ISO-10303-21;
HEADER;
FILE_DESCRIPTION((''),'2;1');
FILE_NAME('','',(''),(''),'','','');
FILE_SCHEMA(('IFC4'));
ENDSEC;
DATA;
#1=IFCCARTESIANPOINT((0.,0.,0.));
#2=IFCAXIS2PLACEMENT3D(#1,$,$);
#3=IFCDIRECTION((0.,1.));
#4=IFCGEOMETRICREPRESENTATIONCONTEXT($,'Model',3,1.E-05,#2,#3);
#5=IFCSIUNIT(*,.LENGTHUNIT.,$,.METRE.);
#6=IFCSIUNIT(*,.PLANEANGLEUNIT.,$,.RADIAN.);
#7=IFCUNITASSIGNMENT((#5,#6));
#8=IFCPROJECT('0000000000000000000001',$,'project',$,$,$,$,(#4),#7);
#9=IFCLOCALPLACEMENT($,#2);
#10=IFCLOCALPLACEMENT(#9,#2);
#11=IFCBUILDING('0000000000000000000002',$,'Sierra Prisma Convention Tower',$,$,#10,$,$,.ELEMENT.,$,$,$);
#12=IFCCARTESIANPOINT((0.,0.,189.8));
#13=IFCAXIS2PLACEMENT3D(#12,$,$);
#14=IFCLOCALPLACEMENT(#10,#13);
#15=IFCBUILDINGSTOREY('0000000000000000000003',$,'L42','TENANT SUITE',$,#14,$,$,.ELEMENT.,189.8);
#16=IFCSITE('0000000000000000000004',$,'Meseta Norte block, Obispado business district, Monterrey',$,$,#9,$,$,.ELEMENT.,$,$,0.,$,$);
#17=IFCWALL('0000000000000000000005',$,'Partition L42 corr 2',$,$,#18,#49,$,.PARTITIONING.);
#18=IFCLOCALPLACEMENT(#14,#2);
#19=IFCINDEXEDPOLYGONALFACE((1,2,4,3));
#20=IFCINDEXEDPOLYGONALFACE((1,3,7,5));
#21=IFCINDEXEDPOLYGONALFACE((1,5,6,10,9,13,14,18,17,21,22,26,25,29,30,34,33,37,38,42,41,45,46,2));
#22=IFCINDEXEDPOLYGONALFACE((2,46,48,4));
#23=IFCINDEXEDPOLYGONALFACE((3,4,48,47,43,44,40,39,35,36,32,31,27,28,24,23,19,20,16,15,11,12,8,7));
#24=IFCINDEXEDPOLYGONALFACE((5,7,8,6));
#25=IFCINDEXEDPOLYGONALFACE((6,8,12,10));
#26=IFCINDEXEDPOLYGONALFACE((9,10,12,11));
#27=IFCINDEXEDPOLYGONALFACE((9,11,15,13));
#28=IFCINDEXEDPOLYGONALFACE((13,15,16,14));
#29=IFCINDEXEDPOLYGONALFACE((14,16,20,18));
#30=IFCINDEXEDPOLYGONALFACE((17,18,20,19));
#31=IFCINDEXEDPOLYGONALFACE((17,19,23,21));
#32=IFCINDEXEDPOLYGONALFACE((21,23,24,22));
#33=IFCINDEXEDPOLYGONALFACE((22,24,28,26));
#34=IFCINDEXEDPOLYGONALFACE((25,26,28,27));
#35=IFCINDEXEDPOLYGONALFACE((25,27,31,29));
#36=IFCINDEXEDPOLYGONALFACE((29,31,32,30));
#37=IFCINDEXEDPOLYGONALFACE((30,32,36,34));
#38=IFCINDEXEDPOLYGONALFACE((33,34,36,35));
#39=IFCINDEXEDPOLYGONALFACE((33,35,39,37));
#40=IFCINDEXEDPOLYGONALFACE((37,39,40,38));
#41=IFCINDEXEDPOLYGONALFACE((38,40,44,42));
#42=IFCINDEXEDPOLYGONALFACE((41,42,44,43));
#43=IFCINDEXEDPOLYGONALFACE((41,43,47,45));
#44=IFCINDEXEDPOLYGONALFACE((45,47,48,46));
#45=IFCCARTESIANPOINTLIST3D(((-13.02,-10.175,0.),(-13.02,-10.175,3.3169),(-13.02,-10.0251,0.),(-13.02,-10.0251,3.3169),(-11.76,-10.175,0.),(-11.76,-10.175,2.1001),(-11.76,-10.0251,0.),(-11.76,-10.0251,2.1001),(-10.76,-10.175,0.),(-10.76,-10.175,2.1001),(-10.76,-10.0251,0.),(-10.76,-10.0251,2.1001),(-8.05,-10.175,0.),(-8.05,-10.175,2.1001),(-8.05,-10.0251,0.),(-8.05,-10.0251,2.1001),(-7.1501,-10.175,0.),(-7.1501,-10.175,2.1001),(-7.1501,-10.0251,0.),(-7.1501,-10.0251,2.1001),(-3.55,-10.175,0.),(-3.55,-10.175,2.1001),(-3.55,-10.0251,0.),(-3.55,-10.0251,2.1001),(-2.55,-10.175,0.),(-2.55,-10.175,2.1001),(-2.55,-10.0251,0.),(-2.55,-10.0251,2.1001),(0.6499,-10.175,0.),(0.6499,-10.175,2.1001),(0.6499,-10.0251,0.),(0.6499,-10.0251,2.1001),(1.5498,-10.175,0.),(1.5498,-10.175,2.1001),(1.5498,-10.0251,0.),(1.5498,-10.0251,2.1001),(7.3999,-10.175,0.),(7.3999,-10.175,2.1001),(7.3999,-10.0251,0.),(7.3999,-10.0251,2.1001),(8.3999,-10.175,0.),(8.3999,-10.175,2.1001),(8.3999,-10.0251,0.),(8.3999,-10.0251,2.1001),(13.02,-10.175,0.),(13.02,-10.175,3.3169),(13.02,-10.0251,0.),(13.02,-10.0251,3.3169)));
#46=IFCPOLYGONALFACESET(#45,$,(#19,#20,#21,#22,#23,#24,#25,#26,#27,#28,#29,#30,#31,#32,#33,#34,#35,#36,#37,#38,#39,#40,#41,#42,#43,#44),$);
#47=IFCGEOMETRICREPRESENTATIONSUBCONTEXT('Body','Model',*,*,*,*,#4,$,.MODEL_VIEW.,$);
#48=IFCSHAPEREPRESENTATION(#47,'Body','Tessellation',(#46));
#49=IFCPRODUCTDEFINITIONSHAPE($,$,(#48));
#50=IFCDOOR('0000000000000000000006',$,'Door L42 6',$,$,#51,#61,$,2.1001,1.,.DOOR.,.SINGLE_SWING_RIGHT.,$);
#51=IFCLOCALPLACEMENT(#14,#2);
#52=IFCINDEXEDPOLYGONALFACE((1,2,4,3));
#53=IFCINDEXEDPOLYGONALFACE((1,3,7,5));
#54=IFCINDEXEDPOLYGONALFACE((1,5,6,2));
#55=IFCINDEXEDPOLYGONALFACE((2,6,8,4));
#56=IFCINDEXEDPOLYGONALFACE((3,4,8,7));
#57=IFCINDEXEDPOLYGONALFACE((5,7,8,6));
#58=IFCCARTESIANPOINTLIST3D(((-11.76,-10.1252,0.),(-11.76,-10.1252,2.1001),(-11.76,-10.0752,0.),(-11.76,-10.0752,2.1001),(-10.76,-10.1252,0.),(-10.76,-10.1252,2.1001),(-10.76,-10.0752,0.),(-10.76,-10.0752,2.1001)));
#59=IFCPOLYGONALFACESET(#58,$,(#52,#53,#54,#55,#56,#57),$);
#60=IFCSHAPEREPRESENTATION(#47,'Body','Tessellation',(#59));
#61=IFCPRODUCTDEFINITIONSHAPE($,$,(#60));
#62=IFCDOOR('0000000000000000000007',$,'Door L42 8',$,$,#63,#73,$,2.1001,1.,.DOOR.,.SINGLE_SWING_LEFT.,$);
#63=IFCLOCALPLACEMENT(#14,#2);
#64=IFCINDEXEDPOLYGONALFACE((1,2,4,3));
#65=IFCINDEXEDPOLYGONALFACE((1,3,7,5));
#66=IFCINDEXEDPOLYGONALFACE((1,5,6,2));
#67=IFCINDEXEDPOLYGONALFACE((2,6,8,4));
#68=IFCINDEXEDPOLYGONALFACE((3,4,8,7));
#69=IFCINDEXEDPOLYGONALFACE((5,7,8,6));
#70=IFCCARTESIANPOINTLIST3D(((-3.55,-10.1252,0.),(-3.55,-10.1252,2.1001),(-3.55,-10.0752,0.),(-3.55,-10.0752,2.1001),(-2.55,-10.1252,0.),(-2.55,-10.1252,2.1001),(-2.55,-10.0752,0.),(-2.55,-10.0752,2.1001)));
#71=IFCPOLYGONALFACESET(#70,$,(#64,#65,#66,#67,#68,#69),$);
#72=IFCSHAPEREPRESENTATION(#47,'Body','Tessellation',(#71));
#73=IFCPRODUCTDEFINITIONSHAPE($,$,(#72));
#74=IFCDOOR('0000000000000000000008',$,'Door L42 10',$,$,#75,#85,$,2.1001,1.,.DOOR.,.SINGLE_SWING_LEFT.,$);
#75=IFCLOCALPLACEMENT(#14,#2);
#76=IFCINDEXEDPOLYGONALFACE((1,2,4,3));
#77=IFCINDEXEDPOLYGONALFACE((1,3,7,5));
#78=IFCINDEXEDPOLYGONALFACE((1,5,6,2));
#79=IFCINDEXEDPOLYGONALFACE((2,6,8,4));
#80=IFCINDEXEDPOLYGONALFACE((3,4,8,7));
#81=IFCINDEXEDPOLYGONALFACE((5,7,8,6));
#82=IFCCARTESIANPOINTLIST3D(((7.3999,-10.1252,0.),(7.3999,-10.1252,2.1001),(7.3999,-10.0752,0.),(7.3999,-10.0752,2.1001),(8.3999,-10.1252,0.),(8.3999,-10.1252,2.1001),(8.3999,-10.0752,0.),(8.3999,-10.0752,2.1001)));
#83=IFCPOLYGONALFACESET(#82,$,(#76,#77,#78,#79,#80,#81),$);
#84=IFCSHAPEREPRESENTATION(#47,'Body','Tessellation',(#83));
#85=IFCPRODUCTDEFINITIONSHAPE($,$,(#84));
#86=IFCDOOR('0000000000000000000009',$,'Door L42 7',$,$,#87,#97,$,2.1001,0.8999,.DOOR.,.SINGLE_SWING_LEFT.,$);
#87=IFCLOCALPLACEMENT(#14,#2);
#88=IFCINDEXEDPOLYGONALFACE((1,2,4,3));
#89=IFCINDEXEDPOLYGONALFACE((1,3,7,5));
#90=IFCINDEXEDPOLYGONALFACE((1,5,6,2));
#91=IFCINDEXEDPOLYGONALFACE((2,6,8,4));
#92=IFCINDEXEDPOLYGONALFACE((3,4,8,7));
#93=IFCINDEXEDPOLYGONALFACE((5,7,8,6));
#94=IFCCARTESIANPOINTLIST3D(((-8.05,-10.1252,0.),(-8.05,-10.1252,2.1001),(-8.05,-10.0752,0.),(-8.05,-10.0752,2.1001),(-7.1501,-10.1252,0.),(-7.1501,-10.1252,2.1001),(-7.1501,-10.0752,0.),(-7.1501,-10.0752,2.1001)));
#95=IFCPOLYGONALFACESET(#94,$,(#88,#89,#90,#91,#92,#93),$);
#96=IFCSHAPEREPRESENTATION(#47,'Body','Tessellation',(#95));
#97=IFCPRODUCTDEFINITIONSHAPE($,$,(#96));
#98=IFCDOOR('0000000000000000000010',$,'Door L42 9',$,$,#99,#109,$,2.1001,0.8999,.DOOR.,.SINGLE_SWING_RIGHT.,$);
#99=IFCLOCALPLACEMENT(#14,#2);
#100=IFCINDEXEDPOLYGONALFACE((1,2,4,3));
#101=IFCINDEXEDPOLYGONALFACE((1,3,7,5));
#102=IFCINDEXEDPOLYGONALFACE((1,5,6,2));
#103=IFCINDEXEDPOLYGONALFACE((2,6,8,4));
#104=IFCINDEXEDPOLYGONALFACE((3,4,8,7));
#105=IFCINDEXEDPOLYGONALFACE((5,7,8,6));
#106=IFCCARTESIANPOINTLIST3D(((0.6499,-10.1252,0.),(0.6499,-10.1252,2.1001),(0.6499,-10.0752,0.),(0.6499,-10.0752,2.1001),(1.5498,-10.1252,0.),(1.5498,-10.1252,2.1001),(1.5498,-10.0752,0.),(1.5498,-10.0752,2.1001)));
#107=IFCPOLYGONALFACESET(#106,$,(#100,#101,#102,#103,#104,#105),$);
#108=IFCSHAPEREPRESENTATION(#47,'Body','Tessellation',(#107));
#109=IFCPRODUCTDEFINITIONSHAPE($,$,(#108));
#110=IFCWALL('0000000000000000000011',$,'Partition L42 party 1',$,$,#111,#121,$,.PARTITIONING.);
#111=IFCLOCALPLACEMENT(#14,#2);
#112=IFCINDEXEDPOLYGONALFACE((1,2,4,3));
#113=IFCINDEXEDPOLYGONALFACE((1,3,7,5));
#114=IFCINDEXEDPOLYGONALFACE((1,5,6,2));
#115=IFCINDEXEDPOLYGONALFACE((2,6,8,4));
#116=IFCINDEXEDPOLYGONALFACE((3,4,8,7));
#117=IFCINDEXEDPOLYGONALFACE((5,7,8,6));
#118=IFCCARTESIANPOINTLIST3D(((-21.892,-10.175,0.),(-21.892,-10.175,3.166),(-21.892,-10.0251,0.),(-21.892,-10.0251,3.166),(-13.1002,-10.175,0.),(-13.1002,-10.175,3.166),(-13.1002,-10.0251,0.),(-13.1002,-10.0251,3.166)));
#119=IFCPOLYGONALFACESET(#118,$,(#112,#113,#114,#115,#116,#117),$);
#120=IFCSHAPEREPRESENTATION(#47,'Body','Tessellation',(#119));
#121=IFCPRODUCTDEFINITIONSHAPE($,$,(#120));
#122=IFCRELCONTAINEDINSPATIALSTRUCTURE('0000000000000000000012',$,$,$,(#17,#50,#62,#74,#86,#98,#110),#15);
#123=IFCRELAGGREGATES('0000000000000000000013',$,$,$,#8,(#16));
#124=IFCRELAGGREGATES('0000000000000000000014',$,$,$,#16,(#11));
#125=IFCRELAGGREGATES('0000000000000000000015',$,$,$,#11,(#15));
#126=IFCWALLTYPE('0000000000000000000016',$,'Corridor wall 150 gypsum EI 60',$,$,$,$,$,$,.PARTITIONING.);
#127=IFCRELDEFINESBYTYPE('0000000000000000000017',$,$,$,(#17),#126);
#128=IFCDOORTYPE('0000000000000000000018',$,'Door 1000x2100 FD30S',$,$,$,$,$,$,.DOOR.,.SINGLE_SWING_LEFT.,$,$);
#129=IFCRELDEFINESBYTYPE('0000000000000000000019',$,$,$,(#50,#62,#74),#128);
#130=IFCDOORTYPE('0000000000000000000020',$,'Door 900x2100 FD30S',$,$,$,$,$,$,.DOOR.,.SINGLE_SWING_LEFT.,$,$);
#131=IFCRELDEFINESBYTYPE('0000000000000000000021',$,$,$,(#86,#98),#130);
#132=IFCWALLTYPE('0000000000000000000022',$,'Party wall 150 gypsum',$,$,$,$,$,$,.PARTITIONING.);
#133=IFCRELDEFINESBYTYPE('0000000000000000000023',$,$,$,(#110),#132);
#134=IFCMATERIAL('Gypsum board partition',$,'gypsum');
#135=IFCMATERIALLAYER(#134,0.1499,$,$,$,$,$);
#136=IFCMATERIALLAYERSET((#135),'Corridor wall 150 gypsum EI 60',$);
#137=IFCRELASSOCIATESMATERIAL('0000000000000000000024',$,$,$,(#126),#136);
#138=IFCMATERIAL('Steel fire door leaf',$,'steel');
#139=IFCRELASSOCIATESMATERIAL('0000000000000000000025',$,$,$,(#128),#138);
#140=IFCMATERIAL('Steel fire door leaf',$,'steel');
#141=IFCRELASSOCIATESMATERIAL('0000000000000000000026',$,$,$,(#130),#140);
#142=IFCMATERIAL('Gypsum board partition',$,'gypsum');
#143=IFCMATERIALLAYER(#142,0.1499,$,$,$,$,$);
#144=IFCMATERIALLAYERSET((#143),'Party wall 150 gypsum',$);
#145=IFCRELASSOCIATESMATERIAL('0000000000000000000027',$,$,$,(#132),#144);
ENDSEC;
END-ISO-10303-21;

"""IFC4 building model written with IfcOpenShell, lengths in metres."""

from ifc_helpers import new_model, si_unit, direction, frame, frame_2d, origin, place, context, subcontext, project, spatial, rectangle, extrude, material, layer, layer_set, type_object, element, fill, save


model = new_model("IFC4")

# Units and contexts
model_context = context("Model", 3, precision=1e-05, world=origin(), true_north=direction((0.0, 1.0)))
body_context = subcontext(model_context, "Body", "Model", "MODEL_VIEW")
ifc_project = project(units=[si_unit("LENGTHUNIT", "METRE"), si_unit("PLANEANGLEUNIT", "RADIAN")], contexts=[model_context])

# Site, building, storey
site_placement = place(None, origin())
site = spatial("IfcSite", under=ifc_project, at=site_placement, Name="Meseta Norte block, Obispado business district, Monterrey", CompositionType="ELEMENT", RefElevation=0.0)
building_placement = place(site_placement, origin())
building = spatial("IfcBuilding", under=site, at=building_placement, Name="Sierra Prisma Convention Tower", CompositionType="ELEMENT")
storey_placement = place(building_placement, frame((0.0, 0.0, 189.8)))
storey = spatial("IfcBuildingStorey", under=building, at=storey_placement, Name="L42", Description="TENANT SUITE", CompositionType="ELEMENT", Elevation=189.8)

# Wall, openings, doors
ifc_material_1 = material(Name="Gypsum board partition", Category="gypsum")
ifc_layer_1 = layer(ifc_material_1, 0.1499)
ifc_layer_set_1 = layer_set([ifc_layer_1], Name="Corridor wall 150 gypsum EI 60")
wall_type_1 = type_object("IfcWallType", Name="Corridor wall 150 gypsum EI 60", PredefinedType="PARTITIONING", material=ifc_layer_set_1)
wall_1_placement = place(storey_placement, frame((-13.02, -10.1001, 0.0), z_axis=(0.0, 0.0, 1.0), x_axis=(1.0, 0.0, 0.0)))
wall_1 = element("IfcWall", 1, at=wall_1_placement, inside=storey, type_object=wall_type_1, Name="Partition L42 corr 2", PredefinedType="PARTITIONING", context=body_context, shape_type="SweptSolid", body=[
    extrude(rectangle(XDim=26.04, YDim=0.1499, at=frame_2d((13.02, 0.0))), origin(), (0.0, 0.0, 1.0), 3.3169),
])
opening_1_placement = place(wall_1_placement, frame((1.26, 0.0, 0.0)))
opening_1 = element("IfcOpeningElement", 2, at=opening_1_placement, cuts=wall_1, PredefinedType="OPENING", context=body_context, shape_type="SweptSolid", body=[
    extrude(rectangle(XDim=1.0, YDim=2.1001, at=frame_2d((0.5, 1.05))), frame((0.0, 0.075, 0.0), z_axis=(0.0, -1.0, 0.0), x_axis=(1.0, 0.0, 0.0)), (0.0, 0.0, 1.0), 0.1499),
])
opening_2_placement = place(wall_1_placement, frame((4.97, 0.0, 0.0)))
opening_2 = element("IfcOpeningElement", 3, at=opening_2_placement, cuts=wall_1, PredefinedType="OPENING", context=body_context, shape_type="SweptSolid", body=[
    extrude(rectangle(XDim=0.8999, YDim=2.1001, at=frame_2d((0.45, 1.05))), frame((0.0, 0.075, 0.0), z_axis=(0.0, -1.0, 0.0), x_axis=(1.0, 0.0, 0.0)), (0.0, 0.0, 1.0), 0.1499),
])
opening_3_placement = place(wall_1_placement, frame((9.47, 0.0, 0.0)))
opening_3 = element("IfcOpeningElement", 4, at=opening_3_placement, cuts=wall_1, PredefinedType="OPENING", context=body_context, shape_type="SweptSolid", body=[
    extrude(rectangle(XDim=1.0, YDim=2.1001, at=frame_2d((0.5, 1.05))), frame((0.0, 0.075, 0.0), z_axis=(0.0, -1.0, 0.0), x_axis=(1.0, 0.0, 0.0)), (0.0, 0.0, 1.0), 0.1499),
])
opening_4_placement = place(wall_1_placement, frame((13.6699, 0.0, 0.0)))
opening_4 = element("IfcOpeningElement", 5, at=opening_4_placement, cuts=wall_1, PredefinedType="OPENING", context=body_context, shape_type="SweptSolid", body=[
    extrude(rectangle(XDim=0.8999, YDim=2.1001, at=frame_2d((0.45, 1.05))), frame((0.0, 0.075, 0.0), z_axis=(0.0, -1.0, 0.0), x_axis=(1.0, 0.0, 0.0)), (0.0, 0.0, 1.0), 0.1499),
])
opening_5_placement = place(wall_1_placement, frame((20.4199, 0.0, 0.0)))
opening_5 = element("IfcOpeningElement", 6, at=opening_5_placement, cuts=wall_1, PredefinedType="OPENING", context=body_context, shape_type="SweptSolid", body=[
    extrude(rectangle(XDim=1.0, YDim=2.1001, at=frame_2d((0.5, 1.05))), frame((0.0, 0.075, 0.0), z_axis=(0.0, -1.0, 0.0), x_axis=(1.0, 0.0, 0.0)), (0.0, 0.0, 1.0), 0.1499),
])
ifc_material_2 = material(Name="Steel fire door leaf", Category="steel")
door_type_1 = type_object("IfcDoorType", Name="Door 1000x2100 FD30S", OperationType="SINGLE_SWING_LEFT", PredefinedType="DOOR", material=ifc_material_2)
door_1_placement = place(opening_1_placement, origin())
door_1 = element("IfcDoor", 7, at=door_1_placement, inside=storey, type_object=door_type_1, Name="Door L42 6", OperationType="SINGLE_SWING_RIGHT", OverallHeight=2.1001, OverallWidth=1.0, PredefinedType="DOOR", context=body_context, shape_type="SweptSolid", body=[
    extrude(rectangle(XDim=1.0, YDim=2.1001, at=frame_2d((0.5, 1.05))), frame((0.0, 0.0249, 0.0), z_axis=(0.0, -1.0, 0.0), x_axis=(1.0, 0.0, 0.0)), (0.0, 0.0, 1.0), 0.05),
])
fill(opening_1, door_1)
door_2_placement = place(opening_3_placement, origin())
door_2 = element("IfcDoor", 8, at=door_2_placement, inside=storey, type_object=door_type_1, Name="Door L42 8", OperationType="SINGLE_SWING_LEFT", OverallHeight=2.1001, OverallWidth=1.0, PredefinedType="DOOR", context=body_context, shape_type="SweptSolid", body=[
    extrude(rectangle(XDim=1.0, YDim=2.1001, at=frame_2d((0.5, 1.05))), frame((0.0, 0.0249, 0.0), z_axis=(0.0, -1.0, 0.0), x_axis=(1.0, 0.0, 0.0)), (0.0, 0.0, 1.0), 0.05),
])
fill(opening_3, door_2)
door_3_placement = place(opening_5_placement, origin())
door_3 = element("IfcDoor", 9, at=door_3_placement, inside=storey, type_object=door_type_1, Name="Door L42 10", OperationType="SINGLE_SWING_LEFT", OverallHeight=2.1001, OverallWidth=1.0, PredefinedType="DOOR", context=body_context, shape_type="SweptSolid", body=[
    extrude(rectangle(XDim=1.0, YDim=2.1001, at=frame_2d((0.5, 1.05))), frame((0.0, 0.0249, 0.0), z_axis=(0.0, -1.0, 0.0), x_axis=(1.0, 0.0, 0.0)), (0.0, 0.0, 1.0), 0.05),
])
fill(opening_5, door_3)
ifc_material_3 = material(Name="Steel fire door leaf", Category="steel")
door_type_2 = type_object("IfcDoorType", Name="Door 900x2100 FD30S", OperationType="SINGLE_SWING_LEFT", PredefinedType="DOOR", material=ifc_material_3)
door_4_placement = place(opening_2_placement, origin())
door_4 = element("IfcDoor", 10, at=door_4_placement, inside=storey, type_object=door_type_2, Name="Door L42 7", OperationType="SINGLE_SWING_LEFT", OverallHeight=2.1001, OverallWidth=0.8999, PredefinedType="DOOR", context=body_context, shape_type="SweptSolid", body=[
    extrude(rectangle(XDim=0.8999, YDim=2.1001, at=frame_2d((0.45, 1.05))), frame((0.0, 0.0249, 0.0), z_axis=(0.0, -1.0, 0.0), x_axis=(1.0, 0.0, 0.0)), (0.0, 0.0, 1.0), 0.05),
])
fill(opening_2, door_4)
door_5_placement = place(opening_4_placement, origin())
door_5 = element("IfcDoor", 11, at=door_5_placement, inside=storey, type_object=door_type_2, Name="Door L42 9", OperationType="SINGLE_SWING_RIGHT", OverallHeight=2.1001, OverallWidth=0.8999, PredefinedType="DOOR", context=body_context, shape_type="SweptSolid", body=[
    extrude(rectangle(XDim=0.8999, YDim=2.1001, at=frame_2d((0.45, 1.05))), frame((0.0, 0.0249, 0.0), z_axis=(0.0, -1.0, 0.0), x_axis=(1.0, 0.0, 0.0)), (0.0, 0.0, 1.0), 0.05),
])
fill(opening_4, door_5)

# Wall
ifc_material_4 = material(Name="Gypsum board partition", Category="gypsum")
ifc_layer_2 = layer(ifc_material_4, 0.1499)
ifc_layer_set_2 = layer_set([ifc_layer_2], Name="Party wall 150 gypsum")
wall_type_2 = type_object("IfcWallType", Name="Party wall 150 gypsum", PredefinedType="PARTITIONING", material=ifc_layer_set_2)
wall_2_placement = place(storey_placement, frame((-13.1001, -10.1001, 0.0), z_axis=(0.0, 0.0, 1.0), x_axis=(-1.0, 0.0, 0.0)))
element("IfcWall", 12, at=wall_2_placement, inside=storey, type_object=wall_type_2, Name="Partition L42 party 1", PredefinedType="PARTITIONING", context=body_context, shape_type="SweptSolid", body=[
    extrude(rectangle(XDim=8.7917, YDim=0.1499, at=frame_2d((4.396, 0.0))), origin(), (0.0, 0.0, 1.0), 3.166),
])

save(model, "model.ifc")
